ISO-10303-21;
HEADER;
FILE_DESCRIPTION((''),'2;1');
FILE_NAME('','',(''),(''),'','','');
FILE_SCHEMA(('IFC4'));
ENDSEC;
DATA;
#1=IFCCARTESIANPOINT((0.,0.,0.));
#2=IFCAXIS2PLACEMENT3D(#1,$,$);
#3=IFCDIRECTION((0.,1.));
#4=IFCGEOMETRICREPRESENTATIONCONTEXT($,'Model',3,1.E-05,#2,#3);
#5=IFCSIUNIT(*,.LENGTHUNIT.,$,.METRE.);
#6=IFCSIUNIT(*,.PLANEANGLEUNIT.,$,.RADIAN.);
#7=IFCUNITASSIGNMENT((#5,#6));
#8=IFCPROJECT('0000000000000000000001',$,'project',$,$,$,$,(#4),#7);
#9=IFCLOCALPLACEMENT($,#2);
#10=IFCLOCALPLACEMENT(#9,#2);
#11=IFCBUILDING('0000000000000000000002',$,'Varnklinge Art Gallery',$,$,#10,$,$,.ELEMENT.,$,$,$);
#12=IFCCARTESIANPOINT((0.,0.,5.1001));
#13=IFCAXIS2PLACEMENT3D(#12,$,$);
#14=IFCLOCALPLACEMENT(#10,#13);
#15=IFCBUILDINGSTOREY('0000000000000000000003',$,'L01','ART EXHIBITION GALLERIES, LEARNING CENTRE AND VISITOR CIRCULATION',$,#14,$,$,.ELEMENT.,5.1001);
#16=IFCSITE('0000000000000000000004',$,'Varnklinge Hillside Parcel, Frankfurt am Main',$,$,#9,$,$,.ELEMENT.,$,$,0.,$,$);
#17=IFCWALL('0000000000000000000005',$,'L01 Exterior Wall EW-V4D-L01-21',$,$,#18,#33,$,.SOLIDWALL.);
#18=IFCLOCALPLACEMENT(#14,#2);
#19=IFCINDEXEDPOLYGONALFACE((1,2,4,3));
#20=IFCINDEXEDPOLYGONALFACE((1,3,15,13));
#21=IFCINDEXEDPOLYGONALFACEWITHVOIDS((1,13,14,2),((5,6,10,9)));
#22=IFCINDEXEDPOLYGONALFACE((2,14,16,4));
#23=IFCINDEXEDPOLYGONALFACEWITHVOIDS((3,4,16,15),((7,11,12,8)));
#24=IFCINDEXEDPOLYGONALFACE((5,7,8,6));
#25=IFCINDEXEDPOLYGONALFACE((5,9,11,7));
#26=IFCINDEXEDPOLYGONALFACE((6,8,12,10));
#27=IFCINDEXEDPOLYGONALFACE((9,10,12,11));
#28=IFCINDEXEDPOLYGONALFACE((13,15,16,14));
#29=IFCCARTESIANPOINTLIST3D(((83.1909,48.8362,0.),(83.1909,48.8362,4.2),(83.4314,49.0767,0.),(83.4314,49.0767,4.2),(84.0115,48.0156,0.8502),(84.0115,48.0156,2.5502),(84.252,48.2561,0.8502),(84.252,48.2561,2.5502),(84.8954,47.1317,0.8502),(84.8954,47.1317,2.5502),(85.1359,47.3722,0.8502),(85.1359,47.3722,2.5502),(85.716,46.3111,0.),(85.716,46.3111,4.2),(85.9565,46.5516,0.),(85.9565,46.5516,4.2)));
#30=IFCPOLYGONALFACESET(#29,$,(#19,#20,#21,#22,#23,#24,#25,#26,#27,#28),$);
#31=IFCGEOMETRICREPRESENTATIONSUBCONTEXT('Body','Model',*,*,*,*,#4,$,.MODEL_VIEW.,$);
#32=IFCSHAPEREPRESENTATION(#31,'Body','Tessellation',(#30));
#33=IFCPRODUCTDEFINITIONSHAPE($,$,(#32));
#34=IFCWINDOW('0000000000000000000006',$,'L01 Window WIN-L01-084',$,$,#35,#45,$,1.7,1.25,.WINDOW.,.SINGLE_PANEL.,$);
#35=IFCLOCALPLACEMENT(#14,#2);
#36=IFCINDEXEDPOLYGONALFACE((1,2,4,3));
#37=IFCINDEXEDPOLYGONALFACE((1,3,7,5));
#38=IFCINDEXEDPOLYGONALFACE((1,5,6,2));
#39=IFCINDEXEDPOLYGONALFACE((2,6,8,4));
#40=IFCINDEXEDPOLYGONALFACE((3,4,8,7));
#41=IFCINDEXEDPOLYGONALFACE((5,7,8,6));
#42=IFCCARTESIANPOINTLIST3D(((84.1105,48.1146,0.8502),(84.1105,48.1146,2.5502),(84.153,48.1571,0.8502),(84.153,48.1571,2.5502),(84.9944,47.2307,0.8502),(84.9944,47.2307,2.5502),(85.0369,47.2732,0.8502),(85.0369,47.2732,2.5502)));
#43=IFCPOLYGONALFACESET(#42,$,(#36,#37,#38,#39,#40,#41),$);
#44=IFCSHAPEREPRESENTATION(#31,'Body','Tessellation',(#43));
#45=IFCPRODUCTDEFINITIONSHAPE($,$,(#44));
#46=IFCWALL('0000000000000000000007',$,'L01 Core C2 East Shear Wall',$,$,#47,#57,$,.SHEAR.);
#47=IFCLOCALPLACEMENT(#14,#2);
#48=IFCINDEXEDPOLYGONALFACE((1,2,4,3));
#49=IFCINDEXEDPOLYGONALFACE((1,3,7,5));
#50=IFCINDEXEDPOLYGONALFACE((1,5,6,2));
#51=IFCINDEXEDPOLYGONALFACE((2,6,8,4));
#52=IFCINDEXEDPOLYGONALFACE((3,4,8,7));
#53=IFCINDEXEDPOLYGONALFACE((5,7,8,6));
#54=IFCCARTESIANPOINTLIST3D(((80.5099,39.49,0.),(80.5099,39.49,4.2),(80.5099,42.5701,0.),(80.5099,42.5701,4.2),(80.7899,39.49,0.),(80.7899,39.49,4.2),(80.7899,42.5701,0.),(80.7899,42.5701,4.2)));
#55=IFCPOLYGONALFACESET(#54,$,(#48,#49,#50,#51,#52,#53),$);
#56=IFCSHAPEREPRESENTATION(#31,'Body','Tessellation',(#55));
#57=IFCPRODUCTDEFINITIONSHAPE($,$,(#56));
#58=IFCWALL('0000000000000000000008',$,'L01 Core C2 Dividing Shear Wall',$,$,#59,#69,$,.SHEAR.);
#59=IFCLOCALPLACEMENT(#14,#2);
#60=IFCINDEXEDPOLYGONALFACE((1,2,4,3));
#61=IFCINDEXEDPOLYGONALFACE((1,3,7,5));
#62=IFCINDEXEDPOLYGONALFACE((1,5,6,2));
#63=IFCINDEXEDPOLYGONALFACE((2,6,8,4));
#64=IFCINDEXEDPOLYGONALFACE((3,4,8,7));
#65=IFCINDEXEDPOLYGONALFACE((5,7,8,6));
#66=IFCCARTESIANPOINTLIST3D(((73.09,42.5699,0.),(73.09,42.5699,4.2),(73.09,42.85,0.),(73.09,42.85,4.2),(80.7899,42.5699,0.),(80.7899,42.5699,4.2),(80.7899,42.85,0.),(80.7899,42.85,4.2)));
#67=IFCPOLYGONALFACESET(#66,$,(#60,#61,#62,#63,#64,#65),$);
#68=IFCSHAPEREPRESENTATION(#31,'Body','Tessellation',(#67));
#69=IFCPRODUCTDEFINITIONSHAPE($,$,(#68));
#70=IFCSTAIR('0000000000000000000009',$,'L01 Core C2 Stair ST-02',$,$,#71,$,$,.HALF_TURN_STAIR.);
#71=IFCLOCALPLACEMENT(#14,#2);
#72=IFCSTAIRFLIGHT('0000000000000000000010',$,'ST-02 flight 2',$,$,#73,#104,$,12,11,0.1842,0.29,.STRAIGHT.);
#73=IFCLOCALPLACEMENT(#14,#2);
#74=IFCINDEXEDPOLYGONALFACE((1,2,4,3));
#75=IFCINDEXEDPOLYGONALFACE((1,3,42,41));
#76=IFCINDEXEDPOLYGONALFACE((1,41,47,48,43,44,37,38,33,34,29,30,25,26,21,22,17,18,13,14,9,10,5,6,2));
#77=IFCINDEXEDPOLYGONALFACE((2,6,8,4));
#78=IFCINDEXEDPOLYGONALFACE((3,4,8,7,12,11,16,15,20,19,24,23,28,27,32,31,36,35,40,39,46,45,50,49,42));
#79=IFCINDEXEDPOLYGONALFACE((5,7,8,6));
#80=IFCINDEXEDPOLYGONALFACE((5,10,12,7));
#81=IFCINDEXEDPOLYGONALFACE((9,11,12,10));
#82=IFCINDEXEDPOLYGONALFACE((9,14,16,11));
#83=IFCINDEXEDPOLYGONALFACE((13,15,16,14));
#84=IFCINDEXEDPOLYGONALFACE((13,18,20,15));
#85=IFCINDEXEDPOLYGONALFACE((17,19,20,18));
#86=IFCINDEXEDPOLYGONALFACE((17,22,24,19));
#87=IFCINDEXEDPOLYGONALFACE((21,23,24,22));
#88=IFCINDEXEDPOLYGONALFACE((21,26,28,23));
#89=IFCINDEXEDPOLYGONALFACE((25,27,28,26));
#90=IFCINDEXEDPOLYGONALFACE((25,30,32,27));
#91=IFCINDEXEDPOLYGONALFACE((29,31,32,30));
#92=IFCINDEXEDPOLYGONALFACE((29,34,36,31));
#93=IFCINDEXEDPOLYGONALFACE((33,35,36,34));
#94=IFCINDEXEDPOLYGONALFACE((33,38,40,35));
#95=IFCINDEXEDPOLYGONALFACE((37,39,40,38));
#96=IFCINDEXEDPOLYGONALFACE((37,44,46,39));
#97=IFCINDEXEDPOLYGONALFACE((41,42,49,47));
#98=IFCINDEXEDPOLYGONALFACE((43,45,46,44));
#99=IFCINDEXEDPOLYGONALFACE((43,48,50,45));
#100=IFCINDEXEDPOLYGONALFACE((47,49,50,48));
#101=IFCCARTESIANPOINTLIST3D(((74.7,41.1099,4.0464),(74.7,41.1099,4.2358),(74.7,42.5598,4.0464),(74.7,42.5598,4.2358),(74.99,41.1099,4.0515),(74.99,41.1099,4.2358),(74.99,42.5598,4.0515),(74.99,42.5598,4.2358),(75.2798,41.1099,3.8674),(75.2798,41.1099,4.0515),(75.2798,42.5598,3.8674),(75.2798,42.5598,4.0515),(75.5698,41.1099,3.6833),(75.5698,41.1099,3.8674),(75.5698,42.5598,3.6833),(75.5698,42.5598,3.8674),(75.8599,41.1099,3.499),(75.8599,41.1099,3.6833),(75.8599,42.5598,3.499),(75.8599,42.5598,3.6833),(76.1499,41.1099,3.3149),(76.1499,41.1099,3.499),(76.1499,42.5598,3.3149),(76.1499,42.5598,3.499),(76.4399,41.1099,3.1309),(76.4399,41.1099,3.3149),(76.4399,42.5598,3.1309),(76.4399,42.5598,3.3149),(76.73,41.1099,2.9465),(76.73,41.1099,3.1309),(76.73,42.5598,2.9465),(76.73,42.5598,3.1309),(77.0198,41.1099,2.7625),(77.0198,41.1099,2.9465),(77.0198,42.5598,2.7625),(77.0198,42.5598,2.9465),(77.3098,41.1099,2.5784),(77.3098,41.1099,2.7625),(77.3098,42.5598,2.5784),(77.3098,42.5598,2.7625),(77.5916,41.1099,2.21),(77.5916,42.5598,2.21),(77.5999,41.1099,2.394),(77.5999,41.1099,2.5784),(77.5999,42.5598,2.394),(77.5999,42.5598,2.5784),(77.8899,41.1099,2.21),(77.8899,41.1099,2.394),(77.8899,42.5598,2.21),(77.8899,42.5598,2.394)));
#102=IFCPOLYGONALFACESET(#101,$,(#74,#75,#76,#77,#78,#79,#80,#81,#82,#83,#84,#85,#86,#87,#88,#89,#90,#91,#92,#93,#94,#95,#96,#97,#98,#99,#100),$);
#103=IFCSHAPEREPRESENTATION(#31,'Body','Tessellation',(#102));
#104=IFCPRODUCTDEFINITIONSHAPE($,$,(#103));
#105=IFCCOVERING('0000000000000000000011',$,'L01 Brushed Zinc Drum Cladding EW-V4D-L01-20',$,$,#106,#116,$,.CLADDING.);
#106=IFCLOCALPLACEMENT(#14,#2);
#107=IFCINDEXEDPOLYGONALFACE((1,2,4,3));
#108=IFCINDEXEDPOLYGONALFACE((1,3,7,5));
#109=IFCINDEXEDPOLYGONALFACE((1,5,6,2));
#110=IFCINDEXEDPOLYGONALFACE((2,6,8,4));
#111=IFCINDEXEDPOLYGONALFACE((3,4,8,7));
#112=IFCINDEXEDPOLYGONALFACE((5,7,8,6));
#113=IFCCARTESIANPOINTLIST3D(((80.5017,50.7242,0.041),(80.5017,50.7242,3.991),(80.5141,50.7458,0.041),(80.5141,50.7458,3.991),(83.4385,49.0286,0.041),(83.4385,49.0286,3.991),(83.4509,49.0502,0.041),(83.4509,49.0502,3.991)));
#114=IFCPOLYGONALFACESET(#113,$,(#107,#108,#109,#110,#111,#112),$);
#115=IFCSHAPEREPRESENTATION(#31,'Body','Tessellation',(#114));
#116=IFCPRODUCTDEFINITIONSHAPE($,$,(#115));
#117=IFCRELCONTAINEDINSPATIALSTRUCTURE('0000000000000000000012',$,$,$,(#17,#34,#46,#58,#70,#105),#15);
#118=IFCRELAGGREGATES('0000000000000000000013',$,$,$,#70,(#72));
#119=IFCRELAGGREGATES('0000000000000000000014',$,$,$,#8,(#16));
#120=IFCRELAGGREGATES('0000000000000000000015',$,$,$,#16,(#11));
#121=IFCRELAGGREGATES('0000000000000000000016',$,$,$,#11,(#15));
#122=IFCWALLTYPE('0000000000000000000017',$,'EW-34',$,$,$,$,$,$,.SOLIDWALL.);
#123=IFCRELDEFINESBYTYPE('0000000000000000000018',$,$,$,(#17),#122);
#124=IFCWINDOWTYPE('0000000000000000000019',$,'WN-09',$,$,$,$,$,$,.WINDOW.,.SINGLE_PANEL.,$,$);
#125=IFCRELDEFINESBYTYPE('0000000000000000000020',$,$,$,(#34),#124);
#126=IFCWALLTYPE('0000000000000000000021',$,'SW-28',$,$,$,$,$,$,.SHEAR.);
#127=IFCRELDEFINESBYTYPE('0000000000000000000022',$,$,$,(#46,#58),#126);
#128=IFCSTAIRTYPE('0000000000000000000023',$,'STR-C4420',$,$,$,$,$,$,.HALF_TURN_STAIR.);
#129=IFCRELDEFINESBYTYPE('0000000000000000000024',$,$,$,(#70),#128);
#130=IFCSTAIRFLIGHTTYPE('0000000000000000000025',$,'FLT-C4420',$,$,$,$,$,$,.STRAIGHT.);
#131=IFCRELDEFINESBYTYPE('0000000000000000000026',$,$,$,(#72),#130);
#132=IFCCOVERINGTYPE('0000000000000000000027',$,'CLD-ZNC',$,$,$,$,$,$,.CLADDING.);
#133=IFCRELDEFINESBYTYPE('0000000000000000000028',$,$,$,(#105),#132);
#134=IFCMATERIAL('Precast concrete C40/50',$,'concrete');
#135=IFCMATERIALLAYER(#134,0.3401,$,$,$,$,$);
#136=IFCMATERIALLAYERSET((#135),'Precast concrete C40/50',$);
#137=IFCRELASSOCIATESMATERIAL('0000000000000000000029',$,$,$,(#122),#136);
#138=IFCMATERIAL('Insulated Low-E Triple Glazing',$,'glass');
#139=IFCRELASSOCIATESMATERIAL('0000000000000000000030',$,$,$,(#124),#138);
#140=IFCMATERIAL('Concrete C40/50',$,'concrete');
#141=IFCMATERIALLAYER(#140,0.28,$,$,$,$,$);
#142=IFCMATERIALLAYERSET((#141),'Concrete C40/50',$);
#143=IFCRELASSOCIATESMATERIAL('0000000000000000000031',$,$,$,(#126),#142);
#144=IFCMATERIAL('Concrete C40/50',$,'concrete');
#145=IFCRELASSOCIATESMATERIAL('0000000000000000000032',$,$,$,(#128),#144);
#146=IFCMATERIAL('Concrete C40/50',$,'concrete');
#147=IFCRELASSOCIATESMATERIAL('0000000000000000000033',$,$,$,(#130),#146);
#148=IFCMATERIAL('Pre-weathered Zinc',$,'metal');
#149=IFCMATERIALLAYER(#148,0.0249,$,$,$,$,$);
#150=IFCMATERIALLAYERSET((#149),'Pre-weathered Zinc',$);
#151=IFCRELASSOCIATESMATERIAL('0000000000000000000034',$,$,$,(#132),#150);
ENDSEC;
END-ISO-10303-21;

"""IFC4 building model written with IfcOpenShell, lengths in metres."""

from ifc_helpers import new_model, si_unit, direction, frame, frame_2d, origin, origin_2d, place, context, subcontext, project, spatial, polyline, rectangle, outline, extrude, material, layer, layer_set, type_object, element, fill, aggregate, save


model = new_model("IFC4")

# Units and contexts
model_context = context("Model", 3, precision=1e-05, world=origin(), true_north=direction((0.0, 1.0)))
body_context = subcontext(model_context, "Body", "Model", "MODEL_VIEW")
ifc_project = project(units=[si_unit("LENGTHUNIT", "METRE"), si_unit("PLANEANGLEUNIT", "RADIAN")], contexts=[model_context])

# Site, building, storey
site_placement = place(None, origin())
site = spatial("IfcSite", under=ifc_project, at=site_placement, Name="Varnklinge Hillside Parcel, Frankfurt am Main", CompositionType="ELEMENT", RefElevation=0.0)
building_placement = place(site_placement, origin())
building = spatial("IfcBuilding", under=site, at=building_placement, Name="Varnklinge Art Gallery", CompositionType="ELEMENT")
storey_placement = place(building_placement, frame((0.0, 0.0, 5.1001)))
storey = spatial("IfcBuildingStorey", under=building, at=storey_placement, Name="L01", Description="ART EXHIBITION GALLERIES, LEARNING CENTRE AND VISITOR CIRCULATION", CompositionType="ELEMENT", Elevation=5.1001)

# Shared definitions
ifc_material_1 = material(Name="Precast concrete C40/50", Category="concrete")
ifc_layer_1 = layer(ifc_material_1, 0.3401)
ifc_layer_set_1 = layer_set([ifc_layer_1], Name="Precast concrete C40/50")
wall_type_1 = type_object("IfcWallType", Name="EW-34", PredefinedType="SOLIDWALL", material=ifc_layer_set_1)
ifc_material_2 = material(Name="Insulated Low-E Triple Glazing", Category="glass")
window_type = type_object("IfcWindowType", Name="WN-09", PartitioningType="SINGLE_PANEL", PredefinedType="WINDOW", material=ifc_material_2)

# Wall, opening, window
wall_1_placement = place(storey_placement, frame((83.311, 48.9565, 0.0), z_axis=(0.0, 0.0, 1.0), x_axis=(0.707107, -0.707107, 0.0)))
wall_1 = element("IfcWall", 1, at=wall_1_placement, inside=storey, type_object=wall_type_1, Name="L01 Exterior Wall EW-V4D-L01-21", PredefinedType="SOLIDWALL", context=body_context, shape_type="SweptSolid", body=[
    extrude(rectangle(XDim=3.571, YDim=0.3401, at=frame_2d((1.7856, 0.0))), origin(), (0.0, 0.0, 1.0), 4.2),
])
opening_1_placement = place(wall_1_placement, frame((1.1606, 0.0, 0.8501)))
opening_1 = element("IfcOpeningElement", 2, at=opening_1_placement, cuts=wall_1, PredefinedType="OPENING", context=body_context, shape_type="SweptSolid", body=[
    extrude(rectangle(XDim=1.25, YDim=1.7, at=frame_2d((0.625, 0.8501))), frame((0.0, 0.1799, 0.0), z_axis=(0.0, -1.0, 0.0), x_axis=(1.0, 0.0, 0.0)), (0.0, 0.0, 1.0), 0.3601),
])
window_1_placement = place(opening_1_placement, origin())
window_1 = element("IfcWindow", 3, at=window_1_placement, inside=storey, type_object=window_type, Name="L01 Window WIN-L01-084", OverallHeight=1.7, OverallWidth=1.25, PartitioningType="SINGLE_PANEL", PredefinedType="WINDOW", context=body_context, shape_type="SweptSolid", body=[
    extrude(rectangle(XDim=1.25, YDim=1.7, at=frame_2d((0.625, 0.8501))), frame((0.0, 0.03, 0.0), z_axis=(0.0, -1.0, 0.0), x_axis=(1.0, 0.0, 0.0)), (0.0, 0.0, 1.0), 0.0601),
])
fill(opening_1, window_1)

# Walls
ifc_material_3 = material(Name="Concrete C40/50", Category="concrete")
ifc_layer_2 = layer(ifc_material_3, 0.28)
ifc_layer_set_2 = layer_set([ifc_layer_2], Name="Concrete C40/50")
wall_type_2 = type_object("IfcWallType", Name="SW-28", PredefinedType="SHEAR", material=ifc_layer_set_2)
wall_2_placement = place(storey_placement, frame((80.6499, 39.49, 0.0), z_axis=(0.0, 0.0, 1.0), x_axis=(0.0, 1.0, 0.0)))
element("IfcWall", 4, at=wall_2_placement, inside=storey, type_object=wall_type_2, Name="L01 Core C2 East Shear Wall", PredefinedType="SHEAR", context=body_context, shape_type="SweptSolid", body=[
    extrude(rectangle(XDim=3.0801, YDim=0.28, at=frame_2d((1.54, 0.0))), origin(), (0.0, 0.0, 1.0), 4.2),
])
wall_3_placement = place(storey_placement, frame((80.79, 42.71, 0.0), z_axis=(0.0, 0.0, 1.0), x_axis=(-1.0, 0.0, 0.0)))
element("IfcWall", 5, at=wall_3_placement, inside=storey, type_object=wall_type_2, Name="L01 Core C2 Dividing Shear Wall", PredefinedType="SHEAR", context=body_context, shape_type="SweptSolid", body=[
    extrude(rectangle(XDim=7.7, YDim=0.28, at=frame_2d((3.8501, 0.0))), origin(), (0.0, 0.0, 1.0), 4.2),
])

# Stair, stair flight
ifc_material_4 = material(Name="Concrete C40/50", Category="concrete")
stair_type = type_object("IfcStairType", Name="STR-C4420", PredefinedType="HALF_TURN_STAIR", material=ifc_material_4)
stair_placement = place(storey_placement, origin())
stair = element("IfcStair", 6, at=stair_placement, inside=storey, type_object=stair_type, Name="L01 Core C2 Stair ST-02", PredefinedType="HALF_TURN_STAIR")
ifc_material_5 = material(Name="Concrete C40/50", Category="concrete")
stair_flight_type = type_object("IfcStairFlightType", Name="FLT-C4420", PredefinedType="STRAIGHT", material=ifc_material_5)
stair_flight_placement = place(storey_placement, frame((77.8899, 41.835, 2.21), z_axis=(0.0, 0.0, 1.0), x_axis=(-1.0, 0.0, 0.0)))
stair_flight = element("IfcStairFlight", 7, at=stair_flight_placement, type_object=stair_flight_type, Name="ST-02 flight 2", NumberOfRisers=12, NumberOfTreads=11, PredefinedType="STRAIGHT", RiserHeight=0.1842, TreadLength=0.29, context=body_context, shape_type="SweptSolid", body=[
    extrude(outline(polyline([(0.0, 0.0), (0.0, 0.1841), (0.29, 0.1841), (0.29, 0.3684), (0.5801, 0.3684), (0.5801, 0.5525), (0.8701, 0.5525), (0.8701, 0.7366), (1.1599, 0.7366), (1.1599, 0.9209), (1.45, 0.9209), (1.45, 1.105), (1.74, 1.105), (1.74, 1.2891), (2.03, 1.2891), (2.03, 1.4734), (2.3201, 1.4734), (2.3201, 1.6575), (2.6101, 1.6575), (2.6101, 1.8416), (2.8999, 1.8416), (2.8999, 2.0259), (3.1899, 2.0259), (3.1899, 2.21), (3.1899, 1.8364), (0.2983, 0.0), (0.0, 0.0)])), frame((0.0, 0.7251, 0.0), z_axis=(0.0, -1.0, 0.0), x_axis=(1.0, 0.0, 0.0)), (0.0, 0.0, 1.0), 1.45),
])
aggregate(stair, [stair_flight])

# Covering
ifc_material_6 = material(Name="Pre-weathered Zinc", Category="metal")
ifc_layer_3 = layer(ifc_material_6, 0.0249)
ifc_layer_set_3 = layer_set([ifc_layer_3], Name="Pre-weathered Zinc")
covering_type = type_object("IfcCoveringType", Name="CLD-ZNC", PredefinedType="CLADDING", material=ifc_layer_set_3)
covering_placement = place(storey_placement, frame((81.9763, 49.8872, 0.041), z_axis=(0.0, 0.0, 1.0), x_axis=(0.866025, -0.5, 0.0)))
element("IfcCovering", 8, at=covering_placement, inside=storey, type_object=covering_type, Name="L01 Brushed Zinc Drum Cladding EW-V4D-L01-20", PredefinedType="CLADDING", context=body_context, shape_type="SweptSolid", body=[
    extrude(rectangle(XDim=3.3911, YDim=0.0249, at=origin_2d()), origin(), (0.0, 0.0, 1.0), 3.95),
])

save(model, "model.ifc")
